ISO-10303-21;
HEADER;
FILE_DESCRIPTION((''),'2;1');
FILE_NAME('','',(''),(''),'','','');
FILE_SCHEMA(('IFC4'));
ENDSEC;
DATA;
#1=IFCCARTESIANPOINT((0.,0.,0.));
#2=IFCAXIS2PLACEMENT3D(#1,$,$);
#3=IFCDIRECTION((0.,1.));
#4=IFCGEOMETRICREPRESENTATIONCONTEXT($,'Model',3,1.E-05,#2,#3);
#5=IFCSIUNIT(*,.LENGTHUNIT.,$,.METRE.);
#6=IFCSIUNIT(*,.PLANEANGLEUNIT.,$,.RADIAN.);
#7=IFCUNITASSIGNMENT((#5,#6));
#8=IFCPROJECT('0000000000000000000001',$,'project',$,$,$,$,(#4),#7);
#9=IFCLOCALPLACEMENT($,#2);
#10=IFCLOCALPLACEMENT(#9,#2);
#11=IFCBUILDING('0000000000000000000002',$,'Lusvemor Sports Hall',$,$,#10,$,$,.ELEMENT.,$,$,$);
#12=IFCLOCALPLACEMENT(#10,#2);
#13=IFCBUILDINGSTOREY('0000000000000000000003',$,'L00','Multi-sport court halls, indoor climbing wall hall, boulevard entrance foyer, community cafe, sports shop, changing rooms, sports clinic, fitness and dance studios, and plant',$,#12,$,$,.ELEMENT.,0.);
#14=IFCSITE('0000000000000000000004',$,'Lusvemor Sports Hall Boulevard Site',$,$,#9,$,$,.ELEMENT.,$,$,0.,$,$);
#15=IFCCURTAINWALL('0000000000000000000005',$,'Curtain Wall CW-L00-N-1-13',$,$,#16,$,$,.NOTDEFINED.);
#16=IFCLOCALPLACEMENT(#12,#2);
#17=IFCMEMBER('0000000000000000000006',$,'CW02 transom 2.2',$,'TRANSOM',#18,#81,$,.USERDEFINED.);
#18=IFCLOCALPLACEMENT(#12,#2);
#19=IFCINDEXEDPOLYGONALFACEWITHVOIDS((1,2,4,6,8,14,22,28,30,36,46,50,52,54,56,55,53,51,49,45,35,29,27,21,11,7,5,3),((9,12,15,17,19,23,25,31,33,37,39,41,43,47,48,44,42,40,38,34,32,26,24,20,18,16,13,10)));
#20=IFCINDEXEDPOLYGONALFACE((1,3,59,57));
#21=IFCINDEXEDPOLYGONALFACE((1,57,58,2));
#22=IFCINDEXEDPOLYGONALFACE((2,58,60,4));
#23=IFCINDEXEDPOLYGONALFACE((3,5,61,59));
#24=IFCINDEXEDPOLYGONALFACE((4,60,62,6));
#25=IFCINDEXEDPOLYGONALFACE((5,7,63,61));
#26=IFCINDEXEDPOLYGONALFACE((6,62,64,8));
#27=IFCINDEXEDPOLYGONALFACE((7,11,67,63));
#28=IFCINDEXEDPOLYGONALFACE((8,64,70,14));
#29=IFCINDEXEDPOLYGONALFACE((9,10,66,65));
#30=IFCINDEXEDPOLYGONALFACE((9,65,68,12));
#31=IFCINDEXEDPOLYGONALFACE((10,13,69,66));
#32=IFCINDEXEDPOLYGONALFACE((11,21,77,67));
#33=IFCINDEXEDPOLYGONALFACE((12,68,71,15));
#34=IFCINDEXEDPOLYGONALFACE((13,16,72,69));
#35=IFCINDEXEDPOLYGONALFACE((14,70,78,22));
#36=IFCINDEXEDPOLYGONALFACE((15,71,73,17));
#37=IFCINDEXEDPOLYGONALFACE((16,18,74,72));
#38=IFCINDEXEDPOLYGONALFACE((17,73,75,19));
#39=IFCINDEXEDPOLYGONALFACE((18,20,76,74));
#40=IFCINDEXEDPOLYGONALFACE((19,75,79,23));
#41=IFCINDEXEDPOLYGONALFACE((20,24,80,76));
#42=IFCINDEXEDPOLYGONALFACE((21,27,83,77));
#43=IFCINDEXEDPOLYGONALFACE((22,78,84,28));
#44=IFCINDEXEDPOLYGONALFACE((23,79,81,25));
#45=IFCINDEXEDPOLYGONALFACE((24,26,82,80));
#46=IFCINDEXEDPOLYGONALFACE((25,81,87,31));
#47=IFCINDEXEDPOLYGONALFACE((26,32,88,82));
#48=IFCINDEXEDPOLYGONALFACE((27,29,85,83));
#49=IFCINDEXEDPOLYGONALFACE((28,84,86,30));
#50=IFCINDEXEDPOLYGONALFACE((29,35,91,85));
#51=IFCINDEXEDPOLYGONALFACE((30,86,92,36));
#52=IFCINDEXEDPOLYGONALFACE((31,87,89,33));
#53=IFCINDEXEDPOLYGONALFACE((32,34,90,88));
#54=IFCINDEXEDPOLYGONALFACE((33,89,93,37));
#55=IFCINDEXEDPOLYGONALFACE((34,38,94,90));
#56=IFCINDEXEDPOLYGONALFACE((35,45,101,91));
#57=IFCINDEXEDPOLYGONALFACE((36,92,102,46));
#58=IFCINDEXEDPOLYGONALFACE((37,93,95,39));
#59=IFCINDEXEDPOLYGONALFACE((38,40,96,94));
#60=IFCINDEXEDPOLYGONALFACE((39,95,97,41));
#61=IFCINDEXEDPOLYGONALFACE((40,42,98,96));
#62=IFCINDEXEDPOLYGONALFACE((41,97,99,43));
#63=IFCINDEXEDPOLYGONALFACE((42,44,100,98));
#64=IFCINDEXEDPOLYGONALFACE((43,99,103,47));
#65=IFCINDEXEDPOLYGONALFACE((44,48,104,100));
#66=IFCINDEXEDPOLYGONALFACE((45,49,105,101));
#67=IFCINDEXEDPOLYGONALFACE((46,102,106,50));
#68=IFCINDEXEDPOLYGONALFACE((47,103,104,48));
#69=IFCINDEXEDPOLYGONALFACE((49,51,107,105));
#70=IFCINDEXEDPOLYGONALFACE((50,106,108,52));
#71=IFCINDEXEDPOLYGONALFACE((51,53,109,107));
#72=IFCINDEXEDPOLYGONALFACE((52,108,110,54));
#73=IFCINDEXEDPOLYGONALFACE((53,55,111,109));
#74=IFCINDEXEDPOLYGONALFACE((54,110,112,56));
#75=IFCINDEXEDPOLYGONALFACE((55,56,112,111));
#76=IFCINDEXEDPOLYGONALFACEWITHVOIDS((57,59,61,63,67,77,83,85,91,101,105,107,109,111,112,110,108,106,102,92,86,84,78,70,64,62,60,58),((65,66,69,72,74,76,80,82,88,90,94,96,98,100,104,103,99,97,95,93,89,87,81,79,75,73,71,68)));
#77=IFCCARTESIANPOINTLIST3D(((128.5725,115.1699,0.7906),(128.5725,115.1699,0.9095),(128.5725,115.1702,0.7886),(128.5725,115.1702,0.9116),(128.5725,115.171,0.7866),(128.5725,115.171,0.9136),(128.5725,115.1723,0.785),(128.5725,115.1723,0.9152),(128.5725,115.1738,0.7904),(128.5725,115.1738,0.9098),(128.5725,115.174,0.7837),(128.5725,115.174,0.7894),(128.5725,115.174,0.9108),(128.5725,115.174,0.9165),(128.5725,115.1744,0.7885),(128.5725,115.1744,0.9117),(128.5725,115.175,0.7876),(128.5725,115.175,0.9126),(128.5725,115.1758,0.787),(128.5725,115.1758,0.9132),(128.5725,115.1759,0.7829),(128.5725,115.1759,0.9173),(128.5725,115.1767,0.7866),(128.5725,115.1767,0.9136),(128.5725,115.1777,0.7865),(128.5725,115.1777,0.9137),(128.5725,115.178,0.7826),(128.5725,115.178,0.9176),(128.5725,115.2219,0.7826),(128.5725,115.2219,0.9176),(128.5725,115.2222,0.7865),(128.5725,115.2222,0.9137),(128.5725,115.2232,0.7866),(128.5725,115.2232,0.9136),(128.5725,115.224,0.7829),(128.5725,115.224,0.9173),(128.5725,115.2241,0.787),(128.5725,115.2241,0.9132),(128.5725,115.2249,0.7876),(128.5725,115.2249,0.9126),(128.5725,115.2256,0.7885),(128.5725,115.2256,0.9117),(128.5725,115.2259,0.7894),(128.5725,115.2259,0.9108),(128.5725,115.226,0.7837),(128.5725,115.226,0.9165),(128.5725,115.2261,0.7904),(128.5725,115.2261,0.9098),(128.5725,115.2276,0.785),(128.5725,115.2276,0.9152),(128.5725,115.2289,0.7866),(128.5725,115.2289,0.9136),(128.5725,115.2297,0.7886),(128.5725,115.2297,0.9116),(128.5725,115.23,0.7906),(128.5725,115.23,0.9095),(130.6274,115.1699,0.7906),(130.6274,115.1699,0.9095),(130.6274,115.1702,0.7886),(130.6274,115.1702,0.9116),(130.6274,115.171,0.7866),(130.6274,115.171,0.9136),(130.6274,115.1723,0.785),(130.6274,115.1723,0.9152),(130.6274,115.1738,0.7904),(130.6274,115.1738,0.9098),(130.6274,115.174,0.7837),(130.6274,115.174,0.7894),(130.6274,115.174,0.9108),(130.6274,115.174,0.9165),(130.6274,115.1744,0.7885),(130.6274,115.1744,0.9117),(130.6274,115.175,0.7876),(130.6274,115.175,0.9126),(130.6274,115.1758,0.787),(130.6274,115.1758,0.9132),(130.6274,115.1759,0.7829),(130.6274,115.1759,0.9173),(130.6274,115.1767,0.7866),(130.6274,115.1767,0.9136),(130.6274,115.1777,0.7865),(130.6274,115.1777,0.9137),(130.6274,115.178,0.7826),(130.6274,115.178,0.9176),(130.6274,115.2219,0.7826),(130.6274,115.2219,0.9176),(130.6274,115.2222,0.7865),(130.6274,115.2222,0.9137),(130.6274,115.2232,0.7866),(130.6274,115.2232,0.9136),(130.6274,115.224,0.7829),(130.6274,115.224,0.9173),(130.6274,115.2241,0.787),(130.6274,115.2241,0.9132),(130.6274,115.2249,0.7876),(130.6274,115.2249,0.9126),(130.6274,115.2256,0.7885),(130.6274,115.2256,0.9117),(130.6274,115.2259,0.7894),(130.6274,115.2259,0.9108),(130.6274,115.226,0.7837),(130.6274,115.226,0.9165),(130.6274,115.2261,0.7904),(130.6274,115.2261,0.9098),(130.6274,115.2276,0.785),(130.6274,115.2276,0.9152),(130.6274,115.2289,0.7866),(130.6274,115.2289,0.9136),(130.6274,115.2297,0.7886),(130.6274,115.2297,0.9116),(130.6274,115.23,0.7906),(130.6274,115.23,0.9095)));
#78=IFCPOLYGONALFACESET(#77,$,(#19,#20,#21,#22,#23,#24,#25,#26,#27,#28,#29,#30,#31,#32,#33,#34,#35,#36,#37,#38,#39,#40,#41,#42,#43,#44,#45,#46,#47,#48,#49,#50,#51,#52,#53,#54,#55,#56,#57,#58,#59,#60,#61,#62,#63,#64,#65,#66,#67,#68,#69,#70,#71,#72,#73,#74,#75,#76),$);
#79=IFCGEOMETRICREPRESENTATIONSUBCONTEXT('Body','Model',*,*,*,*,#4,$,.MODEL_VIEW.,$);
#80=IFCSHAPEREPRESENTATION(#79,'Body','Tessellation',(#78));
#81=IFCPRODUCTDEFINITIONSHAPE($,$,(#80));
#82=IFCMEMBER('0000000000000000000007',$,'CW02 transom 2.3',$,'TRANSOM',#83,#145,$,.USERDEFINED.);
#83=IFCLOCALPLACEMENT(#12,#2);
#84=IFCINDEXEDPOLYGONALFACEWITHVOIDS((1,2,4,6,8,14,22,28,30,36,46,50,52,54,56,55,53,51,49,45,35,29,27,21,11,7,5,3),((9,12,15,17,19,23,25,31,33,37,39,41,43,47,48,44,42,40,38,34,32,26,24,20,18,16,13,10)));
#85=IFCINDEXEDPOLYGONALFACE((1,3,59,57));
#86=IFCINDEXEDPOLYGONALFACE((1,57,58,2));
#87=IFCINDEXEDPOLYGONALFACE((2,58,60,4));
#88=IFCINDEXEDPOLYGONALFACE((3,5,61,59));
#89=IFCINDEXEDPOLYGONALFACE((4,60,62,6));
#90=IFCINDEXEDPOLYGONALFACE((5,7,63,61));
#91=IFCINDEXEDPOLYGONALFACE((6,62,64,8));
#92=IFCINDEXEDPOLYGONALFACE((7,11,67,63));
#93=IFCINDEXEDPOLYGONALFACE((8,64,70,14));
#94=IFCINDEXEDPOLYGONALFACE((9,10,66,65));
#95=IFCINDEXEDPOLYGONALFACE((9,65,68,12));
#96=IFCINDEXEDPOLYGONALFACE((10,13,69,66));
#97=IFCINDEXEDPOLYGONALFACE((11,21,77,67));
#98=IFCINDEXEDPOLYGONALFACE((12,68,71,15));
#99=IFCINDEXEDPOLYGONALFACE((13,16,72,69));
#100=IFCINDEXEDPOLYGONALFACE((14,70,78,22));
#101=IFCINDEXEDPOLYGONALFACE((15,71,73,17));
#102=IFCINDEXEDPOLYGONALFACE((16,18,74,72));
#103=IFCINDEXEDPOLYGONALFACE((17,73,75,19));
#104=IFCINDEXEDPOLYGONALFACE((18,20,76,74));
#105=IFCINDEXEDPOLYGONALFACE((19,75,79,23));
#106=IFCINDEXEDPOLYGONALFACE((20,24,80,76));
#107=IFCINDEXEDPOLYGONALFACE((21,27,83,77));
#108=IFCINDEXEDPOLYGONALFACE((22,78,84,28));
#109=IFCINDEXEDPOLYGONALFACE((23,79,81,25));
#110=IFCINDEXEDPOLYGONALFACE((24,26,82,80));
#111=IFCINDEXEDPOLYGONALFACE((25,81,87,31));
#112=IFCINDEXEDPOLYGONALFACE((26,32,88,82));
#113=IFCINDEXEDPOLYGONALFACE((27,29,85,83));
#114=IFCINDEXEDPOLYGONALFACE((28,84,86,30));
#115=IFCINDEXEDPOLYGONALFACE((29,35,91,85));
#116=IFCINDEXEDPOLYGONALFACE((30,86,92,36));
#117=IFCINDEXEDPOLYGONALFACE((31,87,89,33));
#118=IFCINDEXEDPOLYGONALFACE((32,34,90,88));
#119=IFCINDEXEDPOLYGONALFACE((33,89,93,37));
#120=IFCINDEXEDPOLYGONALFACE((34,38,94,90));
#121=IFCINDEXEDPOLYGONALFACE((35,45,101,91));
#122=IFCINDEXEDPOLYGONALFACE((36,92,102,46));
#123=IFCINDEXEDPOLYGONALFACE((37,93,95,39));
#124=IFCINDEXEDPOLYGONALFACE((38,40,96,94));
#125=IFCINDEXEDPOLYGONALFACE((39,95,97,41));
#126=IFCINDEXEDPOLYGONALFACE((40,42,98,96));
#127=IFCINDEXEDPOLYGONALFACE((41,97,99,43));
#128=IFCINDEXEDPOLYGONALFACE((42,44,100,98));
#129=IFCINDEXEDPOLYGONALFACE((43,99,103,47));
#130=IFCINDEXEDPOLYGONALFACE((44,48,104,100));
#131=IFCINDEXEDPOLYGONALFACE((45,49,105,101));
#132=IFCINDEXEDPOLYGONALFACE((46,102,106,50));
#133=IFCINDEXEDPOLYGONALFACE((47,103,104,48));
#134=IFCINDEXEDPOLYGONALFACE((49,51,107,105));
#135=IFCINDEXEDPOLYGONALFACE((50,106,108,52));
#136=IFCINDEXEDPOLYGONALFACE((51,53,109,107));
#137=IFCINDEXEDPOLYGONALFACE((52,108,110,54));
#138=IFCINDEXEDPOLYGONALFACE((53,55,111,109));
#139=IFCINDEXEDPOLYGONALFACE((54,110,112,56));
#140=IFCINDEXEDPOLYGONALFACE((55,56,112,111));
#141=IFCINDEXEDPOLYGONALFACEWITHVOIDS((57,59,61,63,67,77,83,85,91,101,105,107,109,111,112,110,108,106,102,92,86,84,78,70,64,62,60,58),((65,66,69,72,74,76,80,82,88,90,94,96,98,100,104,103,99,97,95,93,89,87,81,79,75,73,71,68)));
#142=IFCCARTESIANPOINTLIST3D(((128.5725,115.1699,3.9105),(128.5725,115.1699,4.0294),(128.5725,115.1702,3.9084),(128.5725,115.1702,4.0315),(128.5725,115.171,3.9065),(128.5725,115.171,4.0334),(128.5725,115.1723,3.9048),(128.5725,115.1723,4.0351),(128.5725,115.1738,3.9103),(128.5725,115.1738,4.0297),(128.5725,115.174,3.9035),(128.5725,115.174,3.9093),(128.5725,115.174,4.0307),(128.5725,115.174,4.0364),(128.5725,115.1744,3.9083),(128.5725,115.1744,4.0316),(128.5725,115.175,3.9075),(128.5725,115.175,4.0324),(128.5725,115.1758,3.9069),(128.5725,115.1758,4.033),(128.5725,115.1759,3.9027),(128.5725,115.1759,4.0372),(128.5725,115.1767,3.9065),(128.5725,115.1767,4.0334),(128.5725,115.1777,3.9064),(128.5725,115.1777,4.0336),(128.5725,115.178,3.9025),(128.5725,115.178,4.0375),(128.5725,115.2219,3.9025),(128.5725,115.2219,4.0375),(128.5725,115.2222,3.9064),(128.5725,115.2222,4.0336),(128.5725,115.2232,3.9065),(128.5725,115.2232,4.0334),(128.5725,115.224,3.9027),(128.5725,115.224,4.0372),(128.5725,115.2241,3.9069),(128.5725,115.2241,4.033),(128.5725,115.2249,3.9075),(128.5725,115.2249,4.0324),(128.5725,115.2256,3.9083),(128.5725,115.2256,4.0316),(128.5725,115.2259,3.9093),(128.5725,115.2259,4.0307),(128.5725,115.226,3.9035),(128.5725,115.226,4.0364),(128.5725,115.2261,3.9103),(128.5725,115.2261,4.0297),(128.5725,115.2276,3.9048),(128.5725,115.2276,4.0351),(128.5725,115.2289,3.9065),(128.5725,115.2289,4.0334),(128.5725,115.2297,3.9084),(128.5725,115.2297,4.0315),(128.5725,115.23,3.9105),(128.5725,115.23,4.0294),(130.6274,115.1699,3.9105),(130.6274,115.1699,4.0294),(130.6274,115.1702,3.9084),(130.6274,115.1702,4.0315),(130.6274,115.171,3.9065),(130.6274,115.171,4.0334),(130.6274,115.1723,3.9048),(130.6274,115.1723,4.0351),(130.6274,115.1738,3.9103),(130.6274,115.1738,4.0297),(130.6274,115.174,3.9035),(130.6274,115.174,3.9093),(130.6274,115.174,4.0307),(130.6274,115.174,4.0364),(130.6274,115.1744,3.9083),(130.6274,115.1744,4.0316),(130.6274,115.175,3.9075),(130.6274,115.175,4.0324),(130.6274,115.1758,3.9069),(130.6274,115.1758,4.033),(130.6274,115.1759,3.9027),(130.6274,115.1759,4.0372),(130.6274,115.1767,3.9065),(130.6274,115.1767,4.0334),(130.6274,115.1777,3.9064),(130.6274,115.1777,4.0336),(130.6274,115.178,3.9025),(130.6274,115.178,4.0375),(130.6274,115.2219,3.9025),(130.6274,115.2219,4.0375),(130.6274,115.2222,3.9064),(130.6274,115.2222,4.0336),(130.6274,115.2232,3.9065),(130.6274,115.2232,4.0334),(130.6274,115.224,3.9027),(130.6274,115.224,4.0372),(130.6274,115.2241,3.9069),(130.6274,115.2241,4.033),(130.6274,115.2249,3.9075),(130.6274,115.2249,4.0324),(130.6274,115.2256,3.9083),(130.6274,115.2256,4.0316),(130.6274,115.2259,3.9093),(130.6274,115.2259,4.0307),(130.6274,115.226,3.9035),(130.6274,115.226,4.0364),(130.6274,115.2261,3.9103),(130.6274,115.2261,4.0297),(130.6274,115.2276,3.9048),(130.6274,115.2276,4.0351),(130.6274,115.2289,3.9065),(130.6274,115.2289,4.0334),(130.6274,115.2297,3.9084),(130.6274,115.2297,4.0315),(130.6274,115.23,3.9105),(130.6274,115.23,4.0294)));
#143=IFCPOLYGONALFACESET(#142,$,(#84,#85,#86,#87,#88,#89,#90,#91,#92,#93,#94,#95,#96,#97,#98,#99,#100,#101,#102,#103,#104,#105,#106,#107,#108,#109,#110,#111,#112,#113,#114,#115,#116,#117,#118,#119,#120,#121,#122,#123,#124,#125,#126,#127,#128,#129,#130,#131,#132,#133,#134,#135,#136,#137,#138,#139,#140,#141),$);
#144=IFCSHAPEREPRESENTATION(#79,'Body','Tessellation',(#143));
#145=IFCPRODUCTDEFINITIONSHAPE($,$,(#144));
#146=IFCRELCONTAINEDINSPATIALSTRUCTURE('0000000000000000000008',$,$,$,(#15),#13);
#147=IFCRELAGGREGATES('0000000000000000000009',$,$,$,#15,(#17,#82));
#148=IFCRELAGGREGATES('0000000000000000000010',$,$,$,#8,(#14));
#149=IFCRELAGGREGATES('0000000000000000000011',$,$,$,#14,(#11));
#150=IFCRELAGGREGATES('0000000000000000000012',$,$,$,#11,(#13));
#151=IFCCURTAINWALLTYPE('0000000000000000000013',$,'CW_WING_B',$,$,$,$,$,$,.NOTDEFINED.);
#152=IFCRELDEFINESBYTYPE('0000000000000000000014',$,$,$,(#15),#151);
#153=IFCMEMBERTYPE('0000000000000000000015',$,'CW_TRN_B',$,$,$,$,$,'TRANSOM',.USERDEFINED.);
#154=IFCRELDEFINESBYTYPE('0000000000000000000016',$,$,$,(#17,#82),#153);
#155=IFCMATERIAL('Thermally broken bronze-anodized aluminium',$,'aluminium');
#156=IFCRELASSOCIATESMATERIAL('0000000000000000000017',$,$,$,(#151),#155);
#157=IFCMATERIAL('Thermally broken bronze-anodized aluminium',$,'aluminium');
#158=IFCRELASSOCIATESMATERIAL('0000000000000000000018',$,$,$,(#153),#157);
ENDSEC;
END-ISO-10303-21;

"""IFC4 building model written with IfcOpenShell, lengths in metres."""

from ifc_helpers import new_model, si_unit, direction, frame, origin, origin_2d, place, context, subcontext, project, spatial, hollow_rectangle, extrude, material, material_profile, profile_set, type_object, element, aggregate, save


model = new_model("IFC4")

# Units and contexts
model_context = context("Model", 3, precision=1e-05, world=origin(), true_north=direction((0.0, 1.0)))
body_context = subcontext(model_context, "Body", "Model", "MODEL_VIEW")
ifc_project = project(units=[si_unit("LENGTHUNIT", "METRE"), si_unit("PLANEANGLEUNIT", "RADIAN")], contexts=[model_context])

# Site, building, storey
site_placement = place(None, origin())
site = spatial("IfcSite", under=ifc_project, at=site_placement, Name="Lusvemor Sports Hall Boulevard Site", CompositionType="ELEMENT", RefElevation=0.0)
building_placement = place(site_placement, origin())
building = spatial("IfcBuilding", under=site, at=building_placement, Name="Lusvemor Sports Hall", CompositionType="ELEMENT")
storey_placement = place(building_placement, origin())
storey = spatial("IfcBuildingStorey", under=building, at=storey_placement, Name="L00", Description="Multi-sport court halls, indoor climbing wall hall, boulevard entrance foyer, community cafe, sports shop, changing rooms, sports clinic, fitness and dance studios, and plant", CompositionType="ELEMENT", Elevation=0.0)

# Curtain wall, members
ifc_material_1 = material(Name="Thermally broken bronze-anodized aluminium", Category="aluminium")
curtain_wall_type = type_object("IfcCurtainWallType", Name="CW_WING_B", PredefinedType="NOTDEFINED", material=ifc_material_1)
curtain_wall_placement = place(storey_placement, origin())
curtain_wall = element("IfcCurtainWall", 1, at=curtain_wall_placement, inside=storey, type_object=curtain_wall_type, Name="Curtain Wall CW-L00-N-1-13", PredefinedType="NOTDEFINED")
ifc_material_2 = material(Name="Thermally broken bronze-anodized aluminium", Category="aluminium")
ifc_material_profile_1 = material_profile(ifc_material_2, hollow_rectangle(XDim=0.0601, YDim=0.135, WallThickness=0.0039, InnerFilletRadius=0.0039, OuterFilletRadius=0.0081, at=origin_2d()), Name="CWTRN135x60x4")
ifc_profile_set_1 = profile_set([ifc_material_profile_1], Name="Thermally broken bronze-anodized aluminium")
member_type_1 = type_object("IfcMemberType", Name="CW_TRN_B", ElementType="TRANSOM", PredefinedType="USERDEFINED", material=ifc_profile_set_1)
member_1_placement = place(storey_placement, frame((128.5725, 115.2, 0.8501), z_axis=(1.0, 0.0, 0.0), x_axis=(0.0, 1.0, 0.0)))
member_1 = element("IfcMember", 2, at=member_1_placement, type_object=member_type_1, Name="CW02 transom 2.2", ObjectType="TRANSOM", PredefinedType="USERDEFINED", context=body_context, shape_type="SweptSolid", body=[
    extrude(hollow_rectangle(XDim=0.0601, YDim=0.135, WallThickness=0.0039, InnerFilletRadius=0.0039, OuterFilletRadius=0.0081, at=origin_2d()), origin(), (0.0, 0.0, 1.0), 2.0549),
])
member_2_placement = place(storey_placement, frame((128.5725, 115.2, 3.97), z_axis=(1.0, 0.0, 0.0), x_axis=(0.0, 1.0, 0.0)))
member_2 = element("IfcMember", 3, at=member_2_placement, type_object=member_type_1, Name="CW02 transom 2.3", ObjectType="TRANSOM", PredefinedType="USERDEFINED", context=body_context, shape_type="SweptSolid", body=[
    extrude(hollow_rectangle(XDim=0.0601, YDim=0.135, WallThickness=0.0039, InnerFilletRadius=0.0039, OuterFilletRadius=0.0081, at=origin_2d()), origin(), (0.0, 0.0, 1.0), 2.0549),
])
aggregate(curtain_wall, [member_1, member_2])

save(model, "model.ifc")
